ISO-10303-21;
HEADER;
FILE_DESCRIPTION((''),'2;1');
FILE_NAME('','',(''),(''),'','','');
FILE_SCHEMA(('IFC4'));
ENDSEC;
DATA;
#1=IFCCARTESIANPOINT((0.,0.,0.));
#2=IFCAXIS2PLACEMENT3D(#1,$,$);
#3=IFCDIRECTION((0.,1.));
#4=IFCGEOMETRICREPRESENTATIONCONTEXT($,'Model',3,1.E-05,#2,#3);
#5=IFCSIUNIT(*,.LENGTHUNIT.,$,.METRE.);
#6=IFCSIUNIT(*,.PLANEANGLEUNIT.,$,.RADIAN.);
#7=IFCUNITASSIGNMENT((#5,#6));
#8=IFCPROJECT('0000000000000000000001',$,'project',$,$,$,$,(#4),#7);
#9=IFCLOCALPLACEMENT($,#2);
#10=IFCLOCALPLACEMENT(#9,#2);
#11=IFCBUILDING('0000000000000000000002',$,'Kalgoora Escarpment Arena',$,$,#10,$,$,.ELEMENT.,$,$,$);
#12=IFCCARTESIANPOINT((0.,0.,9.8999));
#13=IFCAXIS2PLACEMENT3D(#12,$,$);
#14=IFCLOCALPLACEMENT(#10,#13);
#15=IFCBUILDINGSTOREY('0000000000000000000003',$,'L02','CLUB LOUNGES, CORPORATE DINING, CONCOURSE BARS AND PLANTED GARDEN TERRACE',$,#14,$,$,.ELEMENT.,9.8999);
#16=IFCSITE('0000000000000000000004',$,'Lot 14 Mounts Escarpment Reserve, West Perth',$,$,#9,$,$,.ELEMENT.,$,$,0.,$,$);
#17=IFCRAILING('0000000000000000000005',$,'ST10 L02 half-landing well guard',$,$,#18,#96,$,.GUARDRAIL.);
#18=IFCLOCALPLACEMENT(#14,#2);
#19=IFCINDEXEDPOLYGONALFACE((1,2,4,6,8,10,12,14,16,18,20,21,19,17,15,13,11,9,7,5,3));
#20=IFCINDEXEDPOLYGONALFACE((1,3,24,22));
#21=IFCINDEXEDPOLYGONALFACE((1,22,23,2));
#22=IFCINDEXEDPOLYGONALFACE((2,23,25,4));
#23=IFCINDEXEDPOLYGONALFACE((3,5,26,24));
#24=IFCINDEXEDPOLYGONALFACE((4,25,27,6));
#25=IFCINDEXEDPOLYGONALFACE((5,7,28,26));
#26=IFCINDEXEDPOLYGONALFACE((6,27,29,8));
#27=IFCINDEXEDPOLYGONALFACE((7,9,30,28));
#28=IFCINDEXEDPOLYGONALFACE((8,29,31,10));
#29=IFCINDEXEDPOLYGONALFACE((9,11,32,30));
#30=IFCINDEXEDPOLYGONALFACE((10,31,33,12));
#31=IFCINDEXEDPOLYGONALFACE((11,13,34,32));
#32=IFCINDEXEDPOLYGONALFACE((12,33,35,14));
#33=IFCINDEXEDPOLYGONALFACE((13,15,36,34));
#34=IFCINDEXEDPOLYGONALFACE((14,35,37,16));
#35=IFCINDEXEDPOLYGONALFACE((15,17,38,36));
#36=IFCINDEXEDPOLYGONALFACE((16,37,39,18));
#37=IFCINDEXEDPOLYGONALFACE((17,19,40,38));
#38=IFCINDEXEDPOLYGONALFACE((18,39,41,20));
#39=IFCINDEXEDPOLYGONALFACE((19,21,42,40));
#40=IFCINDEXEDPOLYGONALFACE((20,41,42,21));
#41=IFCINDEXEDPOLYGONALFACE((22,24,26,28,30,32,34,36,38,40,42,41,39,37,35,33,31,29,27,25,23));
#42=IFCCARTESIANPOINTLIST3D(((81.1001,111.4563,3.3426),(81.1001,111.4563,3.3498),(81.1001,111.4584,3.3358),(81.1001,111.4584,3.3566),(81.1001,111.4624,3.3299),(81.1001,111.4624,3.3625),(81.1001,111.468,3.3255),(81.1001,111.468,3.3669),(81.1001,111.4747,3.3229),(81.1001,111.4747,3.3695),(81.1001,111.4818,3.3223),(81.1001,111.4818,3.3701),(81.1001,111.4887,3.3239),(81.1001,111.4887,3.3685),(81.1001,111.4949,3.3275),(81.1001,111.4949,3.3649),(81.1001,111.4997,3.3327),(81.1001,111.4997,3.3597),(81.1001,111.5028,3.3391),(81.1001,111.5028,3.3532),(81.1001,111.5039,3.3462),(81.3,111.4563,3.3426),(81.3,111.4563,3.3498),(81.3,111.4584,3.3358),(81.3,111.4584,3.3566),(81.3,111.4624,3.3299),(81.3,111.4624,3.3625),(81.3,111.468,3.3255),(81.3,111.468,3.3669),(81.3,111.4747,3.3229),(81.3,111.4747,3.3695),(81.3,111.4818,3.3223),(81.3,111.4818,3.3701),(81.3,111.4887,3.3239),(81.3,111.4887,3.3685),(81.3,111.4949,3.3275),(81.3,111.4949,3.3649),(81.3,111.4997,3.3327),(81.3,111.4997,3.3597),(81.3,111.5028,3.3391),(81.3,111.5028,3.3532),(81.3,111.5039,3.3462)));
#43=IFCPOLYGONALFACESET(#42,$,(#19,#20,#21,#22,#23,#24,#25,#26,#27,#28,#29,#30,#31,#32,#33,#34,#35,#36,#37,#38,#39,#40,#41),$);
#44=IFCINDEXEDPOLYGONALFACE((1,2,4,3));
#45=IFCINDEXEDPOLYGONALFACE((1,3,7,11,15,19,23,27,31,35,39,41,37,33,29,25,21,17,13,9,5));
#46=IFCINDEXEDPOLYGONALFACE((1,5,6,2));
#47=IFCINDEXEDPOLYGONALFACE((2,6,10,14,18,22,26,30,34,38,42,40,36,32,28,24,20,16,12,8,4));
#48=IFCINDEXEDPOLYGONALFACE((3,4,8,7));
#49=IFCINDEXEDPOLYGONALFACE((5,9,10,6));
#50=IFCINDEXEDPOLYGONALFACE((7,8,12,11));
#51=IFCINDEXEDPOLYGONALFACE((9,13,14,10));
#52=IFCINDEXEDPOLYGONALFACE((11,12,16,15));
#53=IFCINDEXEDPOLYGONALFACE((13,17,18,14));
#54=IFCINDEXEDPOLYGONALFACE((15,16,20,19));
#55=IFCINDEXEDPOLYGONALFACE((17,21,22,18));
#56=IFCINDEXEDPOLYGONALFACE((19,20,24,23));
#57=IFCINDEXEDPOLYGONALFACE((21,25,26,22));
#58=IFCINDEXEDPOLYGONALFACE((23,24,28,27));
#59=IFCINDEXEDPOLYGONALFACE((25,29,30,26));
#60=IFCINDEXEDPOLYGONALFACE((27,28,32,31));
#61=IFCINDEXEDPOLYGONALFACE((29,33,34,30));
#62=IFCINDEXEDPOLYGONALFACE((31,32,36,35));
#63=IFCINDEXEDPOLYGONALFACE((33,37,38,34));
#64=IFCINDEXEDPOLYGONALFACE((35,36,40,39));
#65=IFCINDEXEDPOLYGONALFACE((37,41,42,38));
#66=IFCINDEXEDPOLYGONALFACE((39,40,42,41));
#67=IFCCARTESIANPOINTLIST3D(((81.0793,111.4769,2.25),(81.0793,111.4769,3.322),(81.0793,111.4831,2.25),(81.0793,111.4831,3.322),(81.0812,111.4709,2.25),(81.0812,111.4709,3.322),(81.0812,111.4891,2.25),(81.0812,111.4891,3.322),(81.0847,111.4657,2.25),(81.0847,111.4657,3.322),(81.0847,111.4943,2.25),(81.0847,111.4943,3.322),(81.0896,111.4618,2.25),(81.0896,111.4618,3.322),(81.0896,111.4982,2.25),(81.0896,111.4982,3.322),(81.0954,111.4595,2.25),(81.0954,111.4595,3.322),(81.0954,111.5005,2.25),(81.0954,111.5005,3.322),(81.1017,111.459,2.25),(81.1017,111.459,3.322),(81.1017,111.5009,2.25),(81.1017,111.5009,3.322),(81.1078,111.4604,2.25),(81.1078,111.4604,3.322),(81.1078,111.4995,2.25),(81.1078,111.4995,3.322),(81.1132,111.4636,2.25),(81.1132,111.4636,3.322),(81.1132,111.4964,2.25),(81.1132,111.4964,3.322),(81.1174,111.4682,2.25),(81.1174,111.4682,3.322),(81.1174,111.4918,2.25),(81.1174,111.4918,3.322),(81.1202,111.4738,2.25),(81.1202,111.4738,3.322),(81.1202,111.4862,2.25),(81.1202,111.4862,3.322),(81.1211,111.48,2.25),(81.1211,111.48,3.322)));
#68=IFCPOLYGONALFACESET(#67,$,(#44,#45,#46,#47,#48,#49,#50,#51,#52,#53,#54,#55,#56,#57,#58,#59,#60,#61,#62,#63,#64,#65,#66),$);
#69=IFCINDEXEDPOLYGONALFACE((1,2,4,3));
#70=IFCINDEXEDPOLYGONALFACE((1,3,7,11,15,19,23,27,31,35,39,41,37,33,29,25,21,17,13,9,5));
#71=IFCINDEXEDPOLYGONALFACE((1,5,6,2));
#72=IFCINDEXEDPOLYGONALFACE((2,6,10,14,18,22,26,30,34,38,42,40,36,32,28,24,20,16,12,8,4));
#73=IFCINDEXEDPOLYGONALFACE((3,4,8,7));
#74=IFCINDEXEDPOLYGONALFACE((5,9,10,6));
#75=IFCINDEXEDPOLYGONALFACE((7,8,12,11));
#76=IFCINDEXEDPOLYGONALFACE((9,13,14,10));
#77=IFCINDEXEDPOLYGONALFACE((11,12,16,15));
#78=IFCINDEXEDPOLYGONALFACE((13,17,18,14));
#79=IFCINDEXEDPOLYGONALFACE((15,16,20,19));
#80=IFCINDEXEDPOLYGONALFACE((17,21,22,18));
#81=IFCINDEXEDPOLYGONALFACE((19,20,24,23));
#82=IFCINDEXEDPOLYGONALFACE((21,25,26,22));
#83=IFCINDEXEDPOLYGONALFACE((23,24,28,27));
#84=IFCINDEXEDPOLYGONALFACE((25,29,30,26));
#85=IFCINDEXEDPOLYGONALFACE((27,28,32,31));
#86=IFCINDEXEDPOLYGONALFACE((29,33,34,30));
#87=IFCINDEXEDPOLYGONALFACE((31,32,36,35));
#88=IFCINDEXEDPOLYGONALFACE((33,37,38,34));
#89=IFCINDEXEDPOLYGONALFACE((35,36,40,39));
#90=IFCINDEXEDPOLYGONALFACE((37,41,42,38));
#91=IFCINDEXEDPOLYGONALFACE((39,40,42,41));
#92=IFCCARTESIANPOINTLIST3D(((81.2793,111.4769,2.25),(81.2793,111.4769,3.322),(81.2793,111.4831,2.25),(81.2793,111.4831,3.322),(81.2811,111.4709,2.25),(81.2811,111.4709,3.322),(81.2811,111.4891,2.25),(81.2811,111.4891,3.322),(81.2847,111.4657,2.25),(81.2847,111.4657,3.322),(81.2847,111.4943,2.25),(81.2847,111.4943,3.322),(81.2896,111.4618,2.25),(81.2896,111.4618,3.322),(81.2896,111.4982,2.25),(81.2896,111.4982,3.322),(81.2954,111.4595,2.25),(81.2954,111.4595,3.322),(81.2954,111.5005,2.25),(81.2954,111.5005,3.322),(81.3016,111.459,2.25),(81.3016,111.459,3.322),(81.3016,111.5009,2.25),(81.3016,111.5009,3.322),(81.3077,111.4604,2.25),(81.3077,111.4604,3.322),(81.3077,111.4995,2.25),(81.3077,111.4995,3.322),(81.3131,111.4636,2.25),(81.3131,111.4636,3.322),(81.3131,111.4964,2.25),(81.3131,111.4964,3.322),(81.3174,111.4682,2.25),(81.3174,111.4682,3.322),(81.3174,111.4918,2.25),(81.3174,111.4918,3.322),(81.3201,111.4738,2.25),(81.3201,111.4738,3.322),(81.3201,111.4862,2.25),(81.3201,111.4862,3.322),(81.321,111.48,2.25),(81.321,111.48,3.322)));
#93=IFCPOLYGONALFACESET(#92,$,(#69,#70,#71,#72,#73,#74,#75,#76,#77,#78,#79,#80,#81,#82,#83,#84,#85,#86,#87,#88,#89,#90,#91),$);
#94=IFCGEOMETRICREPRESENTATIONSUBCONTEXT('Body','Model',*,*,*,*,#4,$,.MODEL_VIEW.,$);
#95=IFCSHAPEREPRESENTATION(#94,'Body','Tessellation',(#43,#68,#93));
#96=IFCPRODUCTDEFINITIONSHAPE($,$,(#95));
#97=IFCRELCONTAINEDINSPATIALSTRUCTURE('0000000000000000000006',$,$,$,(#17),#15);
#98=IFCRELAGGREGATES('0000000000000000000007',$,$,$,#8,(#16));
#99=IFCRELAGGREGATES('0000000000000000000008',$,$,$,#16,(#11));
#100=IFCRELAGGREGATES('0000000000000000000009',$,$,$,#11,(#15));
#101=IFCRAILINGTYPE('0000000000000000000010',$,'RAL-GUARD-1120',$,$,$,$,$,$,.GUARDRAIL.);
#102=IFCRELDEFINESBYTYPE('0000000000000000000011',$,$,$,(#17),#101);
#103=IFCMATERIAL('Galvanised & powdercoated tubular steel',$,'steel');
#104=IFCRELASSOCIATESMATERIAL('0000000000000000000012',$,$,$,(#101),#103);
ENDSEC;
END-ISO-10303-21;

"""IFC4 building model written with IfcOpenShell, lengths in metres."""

from ifc_helpers import new_model, si_unit, direction, frame, origin, origin_2d, place, context, subcontext, project, spatial, circle, extrude, material, type_object, element, save


model = new_model("IFC4")

# Units and contexts
model_context = context("Model", 3, precision=1e-05, world=origin(), true_north=direction((0.0, 1.0)))
body_context = subcontext(model_context, "Body", "Model", "MODEL_VIEW")
ifc_project = project(units=[si_unit("LENGTHUNIT", "METRE"), si_unit("PLANEANGLEUNIT", "RADIAN")], contexts=[model_context])

# Site, building, storey
site_placement = place(None, origin())
site = spatial("IfcSite", under=ifc_project, at=site_placement, Name="Lot 14 Mounts Escarpment Reserve, West Perth", CompositionType="ELEMENT", RefElevation=0.0)
building_placement = place(site_placement, origin())
building = spatial("IfcBuilding", under=site, at=building_placement, Name="Kalgoora Escarpment Arena", CompositionType="ELEMENT")
storey_placement = place(building_placement, frame((0.0, 0.0, 9.8999)))
storey = spatial("IfcBuildingStorey", under=building, at=storey_placement, Name="L02", Description="CLUB LOUNGES, CORPORATE DINING, CONCOURSE BARS AND PLANTED GARDEN TERRACE", CompositionType="ELEMENT", Elevation=9.8999)

# Railing
ifc_material_1 = material(Name="Galvanised & powdercoated tubular steel", Category="steel")
railing_type_1 = type_object("IfcRailingType", Name="RAL-GUARD-1120", PredefinedType="GUARDRAIL", material=ifc_material_1)
railing_1_placement = place(storey_placement, frame((81.1001, 111.48, 2.25)))
element("IfcRailing", 1, at=railing_1_placement, inside=storey, type_object=railing_type_1, Name="ST10 L02 half-landing well guard", PredefinedType="GUARDRAIL", context=body_context, shape_type="SweptSolid", body=[
    extrude(circle(Radius=0.0239, at=origin_2d()), frame((0.0, 0.0, 1.0962), z_axis=(1.0, 0.0, 0.0), x_axis=(0.0, 1.0, 0.0)), (0.0, 0.0, 1.0), 0.2),
    extrude(circle(Radius=0.021, at=origin_2d()), origin(), (0.0, 0.0, 1.0), 1.072),
    extrude(circle(Radius=0.021, at=origin_2d()), frame((0.2, 0.0, 0.0)), (0.0, 0.0, 1.0), 1.072),
])

save(model, "model.ifc")
